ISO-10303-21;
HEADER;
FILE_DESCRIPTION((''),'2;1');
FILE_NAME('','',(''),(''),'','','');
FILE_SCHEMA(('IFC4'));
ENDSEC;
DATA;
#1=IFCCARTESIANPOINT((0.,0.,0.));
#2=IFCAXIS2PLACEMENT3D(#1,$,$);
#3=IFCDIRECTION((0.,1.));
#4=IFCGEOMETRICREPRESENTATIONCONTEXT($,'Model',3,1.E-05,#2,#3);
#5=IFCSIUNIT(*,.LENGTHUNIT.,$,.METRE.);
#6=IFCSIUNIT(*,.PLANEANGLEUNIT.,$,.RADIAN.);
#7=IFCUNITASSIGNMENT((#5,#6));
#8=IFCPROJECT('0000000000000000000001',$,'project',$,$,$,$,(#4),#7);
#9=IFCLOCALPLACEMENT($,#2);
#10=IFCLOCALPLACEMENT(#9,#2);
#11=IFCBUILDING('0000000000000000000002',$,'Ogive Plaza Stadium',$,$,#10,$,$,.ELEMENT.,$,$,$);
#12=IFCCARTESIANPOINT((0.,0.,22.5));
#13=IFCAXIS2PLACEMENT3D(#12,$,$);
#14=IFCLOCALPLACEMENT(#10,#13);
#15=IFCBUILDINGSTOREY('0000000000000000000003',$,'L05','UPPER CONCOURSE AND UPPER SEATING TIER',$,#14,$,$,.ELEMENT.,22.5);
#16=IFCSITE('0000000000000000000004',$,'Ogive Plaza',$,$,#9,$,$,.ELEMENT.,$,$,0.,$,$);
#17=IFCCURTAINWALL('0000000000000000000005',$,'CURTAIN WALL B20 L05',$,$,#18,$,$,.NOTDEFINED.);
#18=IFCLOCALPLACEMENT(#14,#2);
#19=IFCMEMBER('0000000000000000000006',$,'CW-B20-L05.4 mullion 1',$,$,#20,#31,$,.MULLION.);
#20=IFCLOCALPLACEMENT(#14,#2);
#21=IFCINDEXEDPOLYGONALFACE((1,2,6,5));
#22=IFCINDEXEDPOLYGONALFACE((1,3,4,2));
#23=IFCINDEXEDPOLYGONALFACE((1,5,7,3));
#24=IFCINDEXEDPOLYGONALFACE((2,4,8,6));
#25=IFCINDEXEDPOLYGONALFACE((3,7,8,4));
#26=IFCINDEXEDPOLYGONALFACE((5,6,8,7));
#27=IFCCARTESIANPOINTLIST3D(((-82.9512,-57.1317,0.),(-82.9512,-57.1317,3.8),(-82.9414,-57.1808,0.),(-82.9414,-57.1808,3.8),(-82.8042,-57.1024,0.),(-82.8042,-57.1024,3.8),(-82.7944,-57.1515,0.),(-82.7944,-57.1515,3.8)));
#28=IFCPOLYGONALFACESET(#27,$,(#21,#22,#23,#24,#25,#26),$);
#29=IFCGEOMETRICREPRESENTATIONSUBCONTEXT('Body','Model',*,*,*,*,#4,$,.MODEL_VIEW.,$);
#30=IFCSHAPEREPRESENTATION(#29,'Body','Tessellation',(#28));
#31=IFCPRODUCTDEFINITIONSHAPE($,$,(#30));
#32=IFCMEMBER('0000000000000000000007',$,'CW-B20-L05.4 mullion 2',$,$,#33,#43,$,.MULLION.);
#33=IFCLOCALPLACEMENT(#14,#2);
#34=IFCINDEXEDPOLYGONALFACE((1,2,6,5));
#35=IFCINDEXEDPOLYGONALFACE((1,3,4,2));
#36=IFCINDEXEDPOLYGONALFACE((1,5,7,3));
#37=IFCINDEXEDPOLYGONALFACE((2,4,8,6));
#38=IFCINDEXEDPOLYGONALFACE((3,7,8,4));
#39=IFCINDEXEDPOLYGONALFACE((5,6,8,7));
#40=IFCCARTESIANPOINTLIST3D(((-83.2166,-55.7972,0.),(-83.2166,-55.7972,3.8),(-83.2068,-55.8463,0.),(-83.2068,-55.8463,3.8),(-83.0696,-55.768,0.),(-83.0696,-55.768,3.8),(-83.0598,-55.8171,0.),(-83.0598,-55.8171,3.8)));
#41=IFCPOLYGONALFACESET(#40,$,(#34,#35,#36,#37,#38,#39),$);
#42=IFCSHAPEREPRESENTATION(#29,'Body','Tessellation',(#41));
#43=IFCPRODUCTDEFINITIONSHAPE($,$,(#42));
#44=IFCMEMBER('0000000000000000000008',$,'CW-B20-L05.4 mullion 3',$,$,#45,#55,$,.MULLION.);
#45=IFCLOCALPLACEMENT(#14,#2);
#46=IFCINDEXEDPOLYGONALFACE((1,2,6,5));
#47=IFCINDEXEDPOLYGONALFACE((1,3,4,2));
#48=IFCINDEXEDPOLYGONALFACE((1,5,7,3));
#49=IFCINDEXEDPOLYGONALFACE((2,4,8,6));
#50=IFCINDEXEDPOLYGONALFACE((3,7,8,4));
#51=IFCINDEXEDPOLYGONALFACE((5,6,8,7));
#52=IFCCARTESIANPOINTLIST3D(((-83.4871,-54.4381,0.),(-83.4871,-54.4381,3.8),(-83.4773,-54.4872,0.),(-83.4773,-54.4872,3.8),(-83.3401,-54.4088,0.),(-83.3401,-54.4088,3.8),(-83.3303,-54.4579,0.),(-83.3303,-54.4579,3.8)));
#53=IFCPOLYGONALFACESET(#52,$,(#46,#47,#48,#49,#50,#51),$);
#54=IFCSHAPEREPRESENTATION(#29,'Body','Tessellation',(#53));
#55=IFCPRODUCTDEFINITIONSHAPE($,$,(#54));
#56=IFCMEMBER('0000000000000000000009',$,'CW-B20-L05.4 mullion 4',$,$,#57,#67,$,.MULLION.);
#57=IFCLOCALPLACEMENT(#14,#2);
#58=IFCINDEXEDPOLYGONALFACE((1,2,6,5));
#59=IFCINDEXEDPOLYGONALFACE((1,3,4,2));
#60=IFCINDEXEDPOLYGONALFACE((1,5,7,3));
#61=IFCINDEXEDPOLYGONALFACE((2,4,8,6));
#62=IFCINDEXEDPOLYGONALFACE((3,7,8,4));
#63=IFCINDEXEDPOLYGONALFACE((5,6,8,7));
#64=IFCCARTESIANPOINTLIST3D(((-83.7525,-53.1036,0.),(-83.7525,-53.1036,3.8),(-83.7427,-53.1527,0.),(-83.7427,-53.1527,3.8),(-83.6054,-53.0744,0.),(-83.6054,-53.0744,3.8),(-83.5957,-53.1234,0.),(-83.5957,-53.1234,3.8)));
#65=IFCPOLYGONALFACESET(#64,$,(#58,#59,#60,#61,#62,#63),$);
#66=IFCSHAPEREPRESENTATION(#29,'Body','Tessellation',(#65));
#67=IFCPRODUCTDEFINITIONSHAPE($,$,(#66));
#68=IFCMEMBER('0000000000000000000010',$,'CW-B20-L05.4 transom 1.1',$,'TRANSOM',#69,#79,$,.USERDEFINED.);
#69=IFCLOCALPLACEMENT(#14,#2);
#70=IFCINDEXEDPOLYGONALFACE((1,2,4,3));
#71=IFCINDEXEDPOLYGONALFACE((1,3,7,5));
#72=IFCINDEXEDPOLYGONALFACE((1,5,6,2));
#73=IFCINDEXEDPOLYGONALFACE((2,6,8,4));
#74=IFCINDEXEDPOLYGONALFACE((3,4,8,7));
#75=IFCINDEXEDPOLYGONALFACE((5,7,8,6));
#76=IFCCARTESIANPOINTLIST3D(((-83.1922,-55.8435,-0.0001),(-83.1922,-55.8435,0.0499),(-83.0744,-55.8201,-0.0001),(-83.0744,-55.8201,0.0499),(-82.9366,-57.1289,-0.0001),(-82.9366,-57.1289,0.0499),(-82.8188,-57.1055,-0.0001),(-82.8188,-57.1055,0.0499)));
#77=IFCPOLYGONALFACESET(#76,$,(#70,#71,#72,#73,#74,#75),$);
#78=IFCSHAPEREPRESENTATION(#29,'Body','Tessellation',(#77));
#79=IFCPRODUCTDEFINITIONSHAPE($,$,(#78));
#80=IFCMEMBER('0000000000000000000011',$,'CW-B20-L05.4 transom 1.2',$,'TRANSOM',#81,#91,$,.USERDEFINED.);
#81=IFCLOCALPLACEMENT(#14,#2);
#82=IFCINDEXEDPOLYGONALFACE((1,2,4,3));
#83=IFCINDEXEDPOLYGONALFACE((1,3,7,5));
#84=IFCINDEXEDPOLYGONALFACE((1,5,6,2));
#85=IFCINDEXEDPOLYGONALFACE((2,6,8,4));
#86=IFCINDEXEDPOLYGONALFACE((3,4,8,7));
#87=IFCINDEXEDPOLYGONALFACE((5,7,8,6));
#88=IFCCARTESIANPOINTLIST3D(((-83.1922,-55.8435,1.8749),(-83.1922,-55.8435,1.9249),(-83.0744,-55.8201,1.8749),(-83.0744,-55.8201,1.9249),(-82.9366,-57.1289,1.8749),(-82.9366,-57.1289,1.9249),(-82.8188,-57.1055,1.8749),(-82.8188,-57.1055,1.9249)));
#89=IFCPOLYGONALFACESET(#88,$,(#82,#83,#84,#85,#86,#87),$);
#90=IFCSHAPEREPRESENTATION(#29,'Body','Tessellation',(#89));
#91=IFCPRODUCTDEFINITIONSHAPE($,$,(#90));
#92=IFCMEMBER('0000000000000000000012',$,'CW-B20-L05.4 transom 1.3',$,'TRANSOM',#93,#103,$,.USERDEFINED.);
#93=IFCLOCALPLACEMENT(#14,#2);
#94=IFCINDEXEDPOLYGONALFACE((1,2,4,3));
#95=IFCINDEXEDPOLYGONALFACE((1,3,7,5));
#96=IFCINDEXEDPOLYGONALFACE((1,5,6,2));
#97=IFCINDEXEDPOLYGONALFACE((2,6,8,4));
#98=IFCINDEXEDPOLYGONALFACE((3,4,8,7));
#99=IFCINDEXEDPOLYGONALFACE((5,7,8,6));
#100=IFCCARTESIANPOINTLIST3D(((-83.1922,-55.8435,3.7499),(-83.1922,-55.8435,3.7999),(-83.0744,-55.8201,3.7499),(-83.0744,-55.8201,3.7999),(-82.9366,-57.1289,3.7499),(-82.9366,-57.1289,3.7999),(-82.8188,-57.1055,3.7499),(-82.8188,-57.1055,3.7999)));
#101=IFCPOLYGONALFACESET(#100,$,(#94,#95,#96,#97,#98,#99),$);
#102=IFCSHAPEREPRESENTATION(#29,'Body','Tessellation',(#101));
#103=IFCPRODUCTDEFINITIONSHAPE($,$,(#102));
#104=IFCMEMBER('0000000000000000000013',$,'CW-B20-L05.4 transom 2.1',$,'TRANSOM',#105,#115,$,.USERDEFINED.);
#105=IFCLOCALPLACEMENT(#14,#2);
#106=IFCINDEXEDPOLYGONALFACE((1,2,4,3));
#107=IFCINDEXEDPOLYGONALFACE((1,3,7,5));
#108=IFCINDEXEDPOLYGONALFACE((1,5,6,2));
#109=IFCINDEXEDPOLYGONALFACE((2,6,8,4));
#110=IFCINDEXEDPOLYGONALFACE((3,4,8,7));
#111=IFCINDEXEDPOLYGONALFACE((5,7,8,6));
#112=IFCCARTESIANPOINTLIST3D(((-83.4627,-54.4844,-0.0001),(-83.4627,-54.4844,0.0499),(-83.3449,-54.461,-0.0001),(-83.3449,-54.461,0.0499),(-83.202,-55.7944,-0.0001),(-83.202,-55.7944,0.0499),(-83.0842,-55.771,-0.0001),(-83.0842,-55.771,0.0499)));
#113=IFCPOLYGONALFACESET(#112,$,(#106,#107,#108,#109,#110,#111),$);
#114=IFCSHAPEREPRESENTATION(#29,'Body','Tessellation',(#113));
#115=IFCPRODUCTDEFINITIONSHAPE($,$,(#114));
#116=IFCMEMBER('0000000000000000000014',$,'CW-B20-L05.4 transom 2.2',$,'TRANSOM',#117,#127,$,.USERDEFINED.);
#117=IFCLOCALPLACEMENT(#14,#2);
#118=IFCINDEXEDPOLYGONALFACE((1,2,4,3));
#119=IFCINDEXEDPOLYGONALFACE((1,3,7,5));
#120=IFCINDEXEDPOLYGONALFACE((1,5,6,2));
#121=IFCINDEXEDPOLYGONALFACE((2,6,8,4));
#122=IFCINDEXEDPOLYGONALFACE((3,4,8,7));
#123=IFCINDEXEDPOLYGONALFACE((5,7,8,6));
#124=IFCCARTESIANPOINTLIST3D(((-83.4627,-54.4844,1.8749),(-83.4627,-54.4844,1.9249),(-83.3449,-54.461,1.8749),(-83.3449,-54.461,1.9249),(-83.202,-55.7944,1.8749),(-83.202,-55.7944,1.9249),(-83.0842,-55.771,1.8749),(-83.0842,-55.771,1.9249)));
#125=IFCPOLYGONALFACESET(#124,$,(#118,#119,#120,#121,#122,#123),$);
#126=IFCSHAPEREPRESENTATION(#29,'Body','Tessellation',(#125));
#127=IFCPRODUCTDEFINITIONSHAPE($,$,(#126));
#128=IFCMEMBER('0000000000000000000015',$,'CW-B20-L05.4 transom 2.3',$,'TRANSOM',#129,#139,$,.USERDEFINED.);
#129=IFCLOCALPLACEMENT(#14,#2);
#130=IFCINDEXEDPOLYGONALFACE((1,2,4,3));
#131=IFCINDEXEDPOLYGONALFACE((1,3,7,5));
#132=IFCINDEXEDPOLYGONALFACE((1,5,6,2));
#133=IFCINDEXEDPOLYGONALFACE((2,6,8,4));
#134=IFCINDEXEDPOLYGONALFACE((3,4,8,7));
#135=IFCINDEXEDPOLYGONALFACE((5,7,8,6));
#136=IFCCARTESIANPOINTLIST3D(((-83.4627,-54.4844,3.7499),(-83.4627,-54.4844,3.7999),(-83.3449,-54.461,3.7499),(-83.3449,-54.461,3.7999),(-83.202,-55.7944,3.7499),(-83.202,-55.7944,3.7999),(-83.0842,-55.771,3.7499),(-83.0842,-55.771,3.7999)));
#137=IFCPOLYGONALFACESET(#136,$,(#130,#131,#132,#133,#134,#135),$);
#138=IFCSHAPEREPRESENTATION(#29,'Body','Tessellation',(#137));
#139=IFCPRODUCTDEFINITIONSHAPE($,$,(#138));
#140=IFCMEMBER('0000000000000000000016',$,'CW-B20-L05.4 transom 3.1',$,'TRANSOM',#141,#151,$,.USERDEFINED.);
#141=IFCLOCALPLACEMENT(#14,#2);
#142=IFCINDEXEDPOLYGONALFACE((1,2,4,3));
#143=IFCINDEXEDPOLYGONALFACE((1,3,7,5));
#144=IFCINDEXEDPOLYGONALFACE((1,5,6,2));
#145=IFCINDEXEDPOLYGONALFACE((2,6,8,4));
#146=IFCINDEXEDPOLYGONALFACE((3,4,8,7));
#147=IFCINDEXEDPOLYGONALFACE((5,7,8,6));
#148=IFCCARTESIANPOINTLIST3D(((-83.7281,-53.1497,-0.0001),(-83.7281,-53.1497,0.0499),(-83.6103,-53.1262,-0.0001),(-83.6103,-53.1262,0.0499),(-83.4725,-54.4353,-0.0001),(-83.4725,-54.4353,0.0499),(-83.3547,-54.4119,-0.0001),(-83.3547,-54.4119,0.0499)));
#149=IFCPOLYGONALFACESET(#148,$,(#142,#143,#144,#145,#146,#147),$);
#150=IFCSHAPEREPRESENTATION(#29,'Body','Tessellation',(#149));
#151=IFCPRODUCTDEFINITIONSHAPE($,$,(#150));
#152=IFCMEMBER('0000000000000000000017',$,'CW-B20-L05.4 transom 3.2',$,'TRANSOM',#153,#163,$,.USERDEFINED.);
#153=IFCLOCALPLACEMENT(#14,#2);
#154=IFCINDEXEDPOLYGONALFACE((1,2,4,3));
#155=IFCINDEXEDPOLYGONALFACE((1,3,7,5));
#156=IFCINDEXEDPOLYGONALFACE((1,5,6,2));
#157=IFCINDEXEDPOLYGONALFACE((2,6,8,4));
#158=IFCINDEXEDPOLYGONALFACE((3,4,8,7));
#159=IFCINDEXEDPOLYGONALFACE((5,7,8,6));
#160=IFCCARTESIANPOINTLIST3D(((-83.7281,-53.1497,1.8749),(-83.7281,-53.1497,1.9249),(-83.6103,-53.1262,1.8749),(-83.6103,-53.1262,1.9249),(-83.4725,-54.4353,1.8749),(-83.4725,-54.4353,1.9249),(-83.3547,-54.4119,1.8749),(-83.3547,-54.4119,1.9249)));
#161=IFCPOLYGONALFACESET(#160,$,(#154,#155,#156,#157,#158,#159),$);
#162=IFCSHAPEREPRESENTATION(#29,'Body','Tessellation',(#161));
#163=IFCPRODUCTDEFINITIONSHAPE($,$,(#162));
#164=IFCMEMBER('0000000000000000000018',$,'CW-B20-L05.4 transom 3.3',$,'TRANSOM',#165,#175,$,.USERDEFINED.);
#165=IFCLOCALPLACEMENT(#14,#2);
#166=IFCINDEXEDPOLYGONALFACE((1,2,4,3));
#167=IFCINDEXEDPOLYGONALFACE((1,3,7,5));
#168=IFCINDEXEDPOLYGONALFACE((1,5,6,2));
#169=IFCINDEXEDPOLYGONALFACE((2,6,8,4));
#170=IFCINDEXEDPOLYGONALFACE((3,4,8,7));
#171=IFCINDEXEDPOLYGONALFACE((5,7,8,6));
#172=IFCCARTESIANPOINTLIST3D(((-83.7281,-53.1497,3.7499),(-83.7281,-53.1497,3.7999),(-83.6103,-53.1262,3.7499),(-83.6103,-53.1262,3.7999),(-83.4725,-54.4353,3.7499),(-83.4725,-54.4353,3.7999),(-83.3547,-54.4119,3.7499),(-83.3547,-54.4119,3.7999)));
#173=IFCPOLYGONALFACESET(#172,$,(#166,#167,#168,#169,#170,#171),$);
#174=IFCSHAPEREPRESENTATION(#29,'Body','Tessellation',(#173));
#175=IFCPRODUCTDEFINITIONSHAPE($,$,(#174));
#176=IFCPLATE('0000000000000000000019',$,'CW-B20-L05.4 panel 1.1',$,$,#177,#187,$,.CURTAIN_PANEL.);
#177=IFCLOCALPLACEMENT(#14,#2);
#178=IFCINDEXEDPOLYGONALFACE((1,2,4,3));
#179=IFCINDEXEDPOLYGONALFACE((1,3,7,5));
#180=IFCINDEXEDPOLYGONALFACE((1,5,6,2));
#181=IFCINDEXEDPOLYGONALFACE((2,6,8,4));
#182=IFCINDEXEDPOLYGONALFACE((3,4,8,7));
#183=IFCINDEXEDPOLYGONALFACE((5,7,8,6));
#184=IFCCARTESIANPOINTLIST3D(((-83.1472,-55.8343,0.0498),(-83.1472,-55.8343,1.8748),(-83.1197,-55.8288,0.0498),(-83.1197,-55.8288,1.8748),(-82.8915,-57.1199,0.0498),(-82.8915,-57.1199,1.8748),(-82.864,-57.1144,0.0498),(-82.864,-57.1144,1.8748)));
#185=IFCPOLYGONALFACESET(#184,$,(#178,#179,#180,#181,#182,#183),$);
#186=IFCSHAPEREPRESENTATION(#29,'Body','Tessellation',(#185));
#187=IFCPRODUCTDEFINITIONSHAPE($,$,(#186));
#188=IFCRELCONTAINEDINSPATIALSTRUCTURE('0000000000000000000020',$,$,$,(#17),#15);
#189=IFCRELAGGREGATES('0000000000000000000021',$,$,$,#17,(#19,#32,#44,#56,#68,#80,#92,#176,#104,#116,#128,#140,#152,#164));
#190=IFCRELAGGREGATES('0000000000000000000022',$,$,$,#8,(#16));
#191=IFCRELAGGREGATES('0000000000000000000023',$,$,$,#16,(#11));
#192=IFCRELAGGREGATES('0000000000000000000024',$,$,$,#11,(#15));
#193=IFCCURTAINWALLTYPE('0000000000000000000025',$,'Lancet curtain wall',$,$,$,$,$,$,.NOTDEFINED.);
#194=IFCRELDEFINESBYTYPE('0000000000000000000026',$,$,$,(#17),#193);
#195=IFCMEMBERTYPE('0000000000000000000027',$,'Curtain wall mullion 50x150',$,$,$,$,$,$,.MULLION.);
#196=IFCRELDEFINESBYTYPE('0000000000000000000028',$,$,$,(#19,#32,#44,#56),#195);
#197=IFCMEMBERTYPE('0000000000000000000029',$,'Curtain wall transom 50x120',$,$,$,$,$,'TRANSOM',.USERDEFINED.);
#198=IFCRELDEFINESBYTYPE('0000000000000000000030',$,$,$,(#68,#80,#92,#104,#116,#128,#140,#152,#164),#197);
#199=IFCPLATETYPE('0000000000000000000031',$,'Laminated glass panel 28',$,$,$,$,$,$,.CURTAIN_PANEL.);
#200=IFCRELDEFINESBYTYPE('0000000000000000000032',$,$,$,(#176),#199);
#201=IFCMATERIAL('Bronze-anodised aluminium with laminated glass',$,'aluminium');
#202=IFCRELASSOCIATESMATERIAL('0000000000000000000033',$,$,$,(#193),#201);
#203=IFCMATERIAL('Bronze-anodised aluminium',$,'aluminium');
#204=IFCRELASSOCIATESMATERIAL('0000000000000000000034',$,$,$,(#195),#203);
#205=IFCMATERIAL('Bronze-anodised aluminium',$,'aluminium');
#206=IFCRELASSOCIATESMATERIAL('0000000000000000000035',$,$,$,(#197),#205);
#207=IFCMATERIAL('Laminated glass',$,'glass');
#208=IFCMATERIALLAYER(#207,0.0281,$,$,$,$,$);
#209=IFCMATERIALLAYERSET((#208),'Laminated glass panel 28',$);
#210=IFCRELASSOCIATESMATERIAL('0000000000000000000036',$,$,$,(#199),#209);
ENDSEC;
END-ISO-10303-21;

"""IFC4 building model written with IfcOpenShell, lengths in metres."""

from ifc_helpers import new_model, si_unit, direction, frame, origin, origin_2d, place, context, subcontext, project, spatial, rectangle, extrude, material, layer, layer_set, material_profile, profile_set, type_object, element, aggregate, save


model = new_model("IFC4")

# Units and contexts
model_context = context("Model", 3, precision=1e-05, world=origin(), true_north=direction((0.0, 1.0)))
body_context = subcontext(model_context, "Body", "Model", "MODEL_VIEW")
ifc_project = project(units=[si_unit("LENGTHUNIT", "METRE"), si_unit("PLANEANGLEUNIT", "RADIAN")], contexts=[model_context])

# Site, building, storey
site_placement = place(None, origin())
site = spatial("IfcSite", under=ifc_project, at=site_placement, Name="Ogive Plaza", CompositionType="ELEMENT", RefElevation=0.0)
building_placement = place(site_placement, origin())
building = spatial("IfcBuilding", under=site, at=building_placement, Name="Ogive Plaza Stadium", CompositionType="ELEMENT")
storey_placement = place(building_placement, frame((0.0, 0.0, 22.5)))
storey = spatial("IfcBuildingStorey", under=building, at=storey_placement, Name="L05", Description="UPPER CONCOURSE AND UPPER SEATING TIER", CompositionType="ELEMENT", Elevation=22.5)

# Curtain wall, members, plate
ifc_material_1 = material(Name="Bronze-anodised aluminium with laminated glass", Category="aluminium")
curtain_wall_type = type_object("IfcCurtainWallType", Name="Lancet curtain wall", PredefinedType="NOTDEFINED", material=ifc_material_1)
curtain_wall_1_placement = place(storey_placement, origin())
curtain_wall_1 = element("IfcCurtainWall", 1, at=curtain_wall_1_placement, inside=storey, type_object=curtain_wall_type, Name="CURTAIN WALL B20 L05", PredefinedType="NOTDEFINED")
ifc_material_2 = material(Name="Bronze-anodised aluminium", Category="aluminium")
ifc_material_profile_1 = material_profile(ifc_material_2, rectangle(XDim=0.1499, YDim=0.05, at=origin_2d()), Name="AL 150x50")
ifc_profile_set_1 = profile_set([ifc_material_profile_1], Name="Bronze-anodised aluminium")
member_type_1 = type_object("IfcMemberType", Name="Curtain wall mullion 50x150", PredefinedType="MULLION", material=ifc_profile_set_1)
member_1_placement = place(storey_placement, frame((-82.8728, -57.1416, 0.0), z_axis=(0.0, 0.0, 1.0), x_axis=(-0.980785, -0.19509, 0.0)))
member_1 = element("IfcMember", 2, at=member_1_placement, type_object=member_type_1, Name="CW-B20-L05.4 mullion 1", PredefinedType="MULLION", context=body_context, shape_type="SweptSolid", body=[
    extrude(rectangle(XDim=0.1499, YDim=0.05, at=origin_2d()), origin(), (0.0, 0.0, 1.0), 3.8),
])
member_2_placement = place(storey_placement, frame((-83.1382, -55.8071, 0.0), z_axis=(0.0, 0.0, 1.0), x_axis=(-0.980785, -0.19509, 0.0)))
member_2 = element("IfcMember", 3, at=member_2_placement, type_object=member_type_1, Name="CW-B20-L05.4 mullion 2", PredefinedType="MULLION", context=body_context, shape_type="SweptSolid", body=[
    extrude(rectangle(XDim=0.1499, YDim=0.05, at=origin_2d()), origin(), (0.0, 0.0, 1.0), 3.8),
])
member_3_placement = place(storey_placement, frame((-83.4087, -54.448, 0.0), z_axis=(0.0, 0.0, 1.0), x_axis=(-0.980785, -0.19509, 0.0)))
member_3 = element("IfcMember", 4, at=member_3_placement, type_object=member_type_1, Name="CW-B20-L05.4 mullion 3", PredefinedType="MULLION", context=body_context, shape_type="SweptSolid", body=[
    extrude(rectangle(XDim=0.1499, YDim=0.05, at=origin_2d()), origin(), (0.0, 0.0, 1.0), 3.8),
])
member_4_placement = place(storey_placement, frame((-83.6741, -53.1135, 0.0), z_axis=(0.0, 0.0, 1.0), x_axis=(-0.980785, -0.19509, 0.0)))
member_4 = element("IfcMember", 5, at=member_4_placement, type_object=member_type_1, Name="CW-B20-L05.4 mullion 4", PredefinedType="MULLION", context=body_context, shape_type="SweptSolid", body=[
    extrude(rectangle(XDim=0.1499, YDim=0.05, at=origin_2d()), origin(), (0.0, 0.0, 1.0), 3.8),
])
ifc_material_3 = material(Name="Bronze-anodised aluminium", Category="aluminium")
ifc_material_profile_2 = material_profile(ifc_material_3, rectangle(XDim=0.1201, YDim=0.05, at=origin_2d()), Name="AL 120x50")
ifc_profile_set_2 = profile_set([ifc_material_profile_2], Name="Bronze-anodised aluminium")
member_type_2 = type_object("IfcMemberType", Name="Curtain wall transom 50x120", ElementType="TRANSOM", PredefinedType="USERDEFINED", material=ifc_profile_set_2)
member_5_placement = place(storey_placement, frame((-82.8777, -57.1172, 0.0249), z_axis=(-0.195041, 0.980795, 0.0), x_axis=(-0.980795, -0.195041, 0.0)))
member_5 = element("IfcMember", 6, at=member_5_placement, type_object=member_type_2, Name="CW-B20-L05.4 transom 1.1", ObjectType="TRANSOM", PredefinedType="USERDEFINED", context=body_context, shape_type="SweptSolid", body=[
    extrude(rectangle(XDim=0.1201, YDim=0.05, at=origin_2d()), origin(), (0.0, 0.0, 1.0), 1.3105),
])
member_6_placement = place(storey_placement, frame((-82.8777, -57.1172, 1.8999), z_axis=(-0.195041, 0.980795, 0.0), x_axis=(-0.980795, -0.195041, 0.0)))
member_6 = element("IfcMember", 7, at=member_6_placement, type_object=member_type_2, Name="CW-B20-L05.4 transom 1.2", ObjectType="TRANSOM", PredefinedType="USERDEFINED", context=body_context, shape_type="SweptSolid", body=[
    extrude(rectangle(XDim=0.1201, YDim=0.05, at=origin_2d()), origin(), (0.0, 0.0, 1.0), 1.3105),
])
member_7_placement = place(storey_placement, frame((-82.8777, -57.1172, 3.7749), z_axis=(-0.195041, 0.980795, 0.0), x_axis=(-0.980795, -0.195041, 0.0)))
member_7 = element("IfcMember", 8, at=member_7_placement, type_object=member_type_2, Name="CW-B20-L05.4 transom 1.3", ObjectType="TRANSOM", PredefinedType="USERDEFINED", context=body_context, shape_type="SweptSolid", body=[
    extrude(rectangle(XDim=0.1201, YDim=0.05, at=origin_2d()), origin(), (0.0, 0.0, 1.0), 1.3105),
])
member_8_placement = place(storey_placement, frame((-83.1431, -55.7827, 0.0249), z_axis=(-0.195202, 0.980763, 0.0), x_axis=(-0.980763, -0.195202, 0.0)))
member_8 = element("IfcMember", 9, at=member_8_placement, type_object=member_type_2, Name="CW-B20-L05.4 transom 2.1", ObjectType="TRANSOM", PredefinedType="USERDEFINED", context=body_context, shape_type="SweptSolid", body=[
    extrude(rectangle(XDim=0.1201, YDim=0.05, at=origin_2d()), origin(), (0.0, 0.0, 1.0), 1.3357),
])
member_9_placement = place(storey_placement, frame((-83.1431, -55.7827, 1.8999), z_axis=(-0.195202, 0.980763, 0.0), x_axis=(-0.980763, -0.195202, 0.0)))
member_9 = element("IfcMember", 10, at=member_9_placement, type_object=member_type_2, Name="CW-B20-L05.4 transom 2.2", ObjectType="TRANSOM", PredefinedType="USERDEFINED", context=body_context, shape_type="SweptSolid", body=[
    extrude(rectangle(XDim=0.1201, YDim=0.05, at=origin_2d()), origin(), (0.0, 0.0, 1.0), 1.3357),
])
member_10_placement = place(storey_placement, frame((-83.1431, -55.7827, 3.7749), z_axis=(-0.195202, 0.980763, 0.0), x_axis=(-0.980763, -0.195202, 0.0)))
member_10 = element("IfcMember", 11, at=member_10_placement, type_object=member_type_2, Name="CW-B20-L05.4 transom 2.3", ObjectType="TRANSOM", PredefinedType="USERDEFINED", context=body_context, shape_type="SweptSolid", body=[
    extrude(rectangle(XDim=0.1201, YDim=0.05, at=origin_2d()), origin(), (0.0, 0.0, 1.0), 1.3357),
])
member_11_placement = place(storey_placement, frame((-83.4136, -54.4236, 0.0249), z_axis=(-0.195006, 0.980802, 0.0), x_axis=(-0.980802, -0.195006, 0.0)))
member_11 = element("IfcMember", 12, at=member_11_placement, type_object=member_type_2, Name="CW-B20-L05.4 transom 3.1", ObjectType="TRANSOM", PredefinedType="USERDEFINED", context=body_context, shape_type="SweptSolid", body=[
    extrude(rectangle(XDim=0.1201, YDim=0.05, at=origin_2d()), origin(), (0.0, 0.0, 1.0), 1.3108),
])
member_12_placement = place(storey_placement, frame((-83.4136, -54.4236, 1.8999), z_axis=(-0.195006, 0.980802, 0.0), x_axis=(-0.980802, -0.195006, 0.0)))
member_12 = element("IfcMember", 13, at=member_12_placement, type_object=member_type_2, Name="CW-B20-L05.4 transom 3.2", ObjectType="TRANSOM", PredefinedType="USERDEFINED", context=body_context, shape_type="SweptSolid", body=[
    extrude(rectangle(XDim=0.1201, YDim=0.05, at=origin_2d()), origin(), (0.0, 0.0, 1.0), 1.3108),
])
member_13_placement = place(storey_placement, frame((-83.4136, -54.4236, 3.7749), z_axis=(-0.195006, 0.980802, 0.0), x_axis=(-0.980802, -0.195006, 0.0)))
member_13 = element("IfcMember", 14, at=member_13_placement, type_object=member_type_2, Name="CW-B20-L05.4 transom 3.3", ObjectType="TRANSOM", PredefinedType="USERDEFINED", context=body_context, shape_type="SweptSolid", body=[
    extrude(rectangle(XDim=0.1201, YDim=0.05, at=origin_2d()), origin(), (0.0, 0.0, 1.0), 1.3108),
])
ifc_material_4 = material(Name="Laminated glass", Category="glass")
ifc_layer_1 = layer(ifc_material_4, 0.0281)
ifc_layer_set_1 = layer_set([ifc_layer_1], Name="Laminated glass panel 28")
plate_type = type_object("IfcPlateType", Name="Laminated glass panel 28", PredefinedType="CURTAIN_PANEL", material=ifc_layer_set_1)
plate_1_placement = place(storey_placement, frame((-83.0056, -56.4744, 0.0498), z_axis=(0.0, 0.0, 1.0), x_axis=(-0.19509, 0.980785, 0.0)))
plate_1 = element("IfcPlate", 15, at=plate_1_placement, type_object=plate_type, Name="CW-B20-L05.4 panel 1.1", PredefinedType="CURTAIN_PANEL", context=body_context, shape_type="SweptSolid", body=[
    extrude(rectangle(XDim=1.3108, YDim=0.0281, at=origin_2d()), origin(), (0.0, 0.0, 1.0), 1.825),
])
aggregate(curtain_wall_1, [member_1, member_2, member_3, member_4, member_5, member_6, member_7, plate_1, member_8, member_9, member_10, member_11, member_12, member_13])

save(model, "model.ifc")
